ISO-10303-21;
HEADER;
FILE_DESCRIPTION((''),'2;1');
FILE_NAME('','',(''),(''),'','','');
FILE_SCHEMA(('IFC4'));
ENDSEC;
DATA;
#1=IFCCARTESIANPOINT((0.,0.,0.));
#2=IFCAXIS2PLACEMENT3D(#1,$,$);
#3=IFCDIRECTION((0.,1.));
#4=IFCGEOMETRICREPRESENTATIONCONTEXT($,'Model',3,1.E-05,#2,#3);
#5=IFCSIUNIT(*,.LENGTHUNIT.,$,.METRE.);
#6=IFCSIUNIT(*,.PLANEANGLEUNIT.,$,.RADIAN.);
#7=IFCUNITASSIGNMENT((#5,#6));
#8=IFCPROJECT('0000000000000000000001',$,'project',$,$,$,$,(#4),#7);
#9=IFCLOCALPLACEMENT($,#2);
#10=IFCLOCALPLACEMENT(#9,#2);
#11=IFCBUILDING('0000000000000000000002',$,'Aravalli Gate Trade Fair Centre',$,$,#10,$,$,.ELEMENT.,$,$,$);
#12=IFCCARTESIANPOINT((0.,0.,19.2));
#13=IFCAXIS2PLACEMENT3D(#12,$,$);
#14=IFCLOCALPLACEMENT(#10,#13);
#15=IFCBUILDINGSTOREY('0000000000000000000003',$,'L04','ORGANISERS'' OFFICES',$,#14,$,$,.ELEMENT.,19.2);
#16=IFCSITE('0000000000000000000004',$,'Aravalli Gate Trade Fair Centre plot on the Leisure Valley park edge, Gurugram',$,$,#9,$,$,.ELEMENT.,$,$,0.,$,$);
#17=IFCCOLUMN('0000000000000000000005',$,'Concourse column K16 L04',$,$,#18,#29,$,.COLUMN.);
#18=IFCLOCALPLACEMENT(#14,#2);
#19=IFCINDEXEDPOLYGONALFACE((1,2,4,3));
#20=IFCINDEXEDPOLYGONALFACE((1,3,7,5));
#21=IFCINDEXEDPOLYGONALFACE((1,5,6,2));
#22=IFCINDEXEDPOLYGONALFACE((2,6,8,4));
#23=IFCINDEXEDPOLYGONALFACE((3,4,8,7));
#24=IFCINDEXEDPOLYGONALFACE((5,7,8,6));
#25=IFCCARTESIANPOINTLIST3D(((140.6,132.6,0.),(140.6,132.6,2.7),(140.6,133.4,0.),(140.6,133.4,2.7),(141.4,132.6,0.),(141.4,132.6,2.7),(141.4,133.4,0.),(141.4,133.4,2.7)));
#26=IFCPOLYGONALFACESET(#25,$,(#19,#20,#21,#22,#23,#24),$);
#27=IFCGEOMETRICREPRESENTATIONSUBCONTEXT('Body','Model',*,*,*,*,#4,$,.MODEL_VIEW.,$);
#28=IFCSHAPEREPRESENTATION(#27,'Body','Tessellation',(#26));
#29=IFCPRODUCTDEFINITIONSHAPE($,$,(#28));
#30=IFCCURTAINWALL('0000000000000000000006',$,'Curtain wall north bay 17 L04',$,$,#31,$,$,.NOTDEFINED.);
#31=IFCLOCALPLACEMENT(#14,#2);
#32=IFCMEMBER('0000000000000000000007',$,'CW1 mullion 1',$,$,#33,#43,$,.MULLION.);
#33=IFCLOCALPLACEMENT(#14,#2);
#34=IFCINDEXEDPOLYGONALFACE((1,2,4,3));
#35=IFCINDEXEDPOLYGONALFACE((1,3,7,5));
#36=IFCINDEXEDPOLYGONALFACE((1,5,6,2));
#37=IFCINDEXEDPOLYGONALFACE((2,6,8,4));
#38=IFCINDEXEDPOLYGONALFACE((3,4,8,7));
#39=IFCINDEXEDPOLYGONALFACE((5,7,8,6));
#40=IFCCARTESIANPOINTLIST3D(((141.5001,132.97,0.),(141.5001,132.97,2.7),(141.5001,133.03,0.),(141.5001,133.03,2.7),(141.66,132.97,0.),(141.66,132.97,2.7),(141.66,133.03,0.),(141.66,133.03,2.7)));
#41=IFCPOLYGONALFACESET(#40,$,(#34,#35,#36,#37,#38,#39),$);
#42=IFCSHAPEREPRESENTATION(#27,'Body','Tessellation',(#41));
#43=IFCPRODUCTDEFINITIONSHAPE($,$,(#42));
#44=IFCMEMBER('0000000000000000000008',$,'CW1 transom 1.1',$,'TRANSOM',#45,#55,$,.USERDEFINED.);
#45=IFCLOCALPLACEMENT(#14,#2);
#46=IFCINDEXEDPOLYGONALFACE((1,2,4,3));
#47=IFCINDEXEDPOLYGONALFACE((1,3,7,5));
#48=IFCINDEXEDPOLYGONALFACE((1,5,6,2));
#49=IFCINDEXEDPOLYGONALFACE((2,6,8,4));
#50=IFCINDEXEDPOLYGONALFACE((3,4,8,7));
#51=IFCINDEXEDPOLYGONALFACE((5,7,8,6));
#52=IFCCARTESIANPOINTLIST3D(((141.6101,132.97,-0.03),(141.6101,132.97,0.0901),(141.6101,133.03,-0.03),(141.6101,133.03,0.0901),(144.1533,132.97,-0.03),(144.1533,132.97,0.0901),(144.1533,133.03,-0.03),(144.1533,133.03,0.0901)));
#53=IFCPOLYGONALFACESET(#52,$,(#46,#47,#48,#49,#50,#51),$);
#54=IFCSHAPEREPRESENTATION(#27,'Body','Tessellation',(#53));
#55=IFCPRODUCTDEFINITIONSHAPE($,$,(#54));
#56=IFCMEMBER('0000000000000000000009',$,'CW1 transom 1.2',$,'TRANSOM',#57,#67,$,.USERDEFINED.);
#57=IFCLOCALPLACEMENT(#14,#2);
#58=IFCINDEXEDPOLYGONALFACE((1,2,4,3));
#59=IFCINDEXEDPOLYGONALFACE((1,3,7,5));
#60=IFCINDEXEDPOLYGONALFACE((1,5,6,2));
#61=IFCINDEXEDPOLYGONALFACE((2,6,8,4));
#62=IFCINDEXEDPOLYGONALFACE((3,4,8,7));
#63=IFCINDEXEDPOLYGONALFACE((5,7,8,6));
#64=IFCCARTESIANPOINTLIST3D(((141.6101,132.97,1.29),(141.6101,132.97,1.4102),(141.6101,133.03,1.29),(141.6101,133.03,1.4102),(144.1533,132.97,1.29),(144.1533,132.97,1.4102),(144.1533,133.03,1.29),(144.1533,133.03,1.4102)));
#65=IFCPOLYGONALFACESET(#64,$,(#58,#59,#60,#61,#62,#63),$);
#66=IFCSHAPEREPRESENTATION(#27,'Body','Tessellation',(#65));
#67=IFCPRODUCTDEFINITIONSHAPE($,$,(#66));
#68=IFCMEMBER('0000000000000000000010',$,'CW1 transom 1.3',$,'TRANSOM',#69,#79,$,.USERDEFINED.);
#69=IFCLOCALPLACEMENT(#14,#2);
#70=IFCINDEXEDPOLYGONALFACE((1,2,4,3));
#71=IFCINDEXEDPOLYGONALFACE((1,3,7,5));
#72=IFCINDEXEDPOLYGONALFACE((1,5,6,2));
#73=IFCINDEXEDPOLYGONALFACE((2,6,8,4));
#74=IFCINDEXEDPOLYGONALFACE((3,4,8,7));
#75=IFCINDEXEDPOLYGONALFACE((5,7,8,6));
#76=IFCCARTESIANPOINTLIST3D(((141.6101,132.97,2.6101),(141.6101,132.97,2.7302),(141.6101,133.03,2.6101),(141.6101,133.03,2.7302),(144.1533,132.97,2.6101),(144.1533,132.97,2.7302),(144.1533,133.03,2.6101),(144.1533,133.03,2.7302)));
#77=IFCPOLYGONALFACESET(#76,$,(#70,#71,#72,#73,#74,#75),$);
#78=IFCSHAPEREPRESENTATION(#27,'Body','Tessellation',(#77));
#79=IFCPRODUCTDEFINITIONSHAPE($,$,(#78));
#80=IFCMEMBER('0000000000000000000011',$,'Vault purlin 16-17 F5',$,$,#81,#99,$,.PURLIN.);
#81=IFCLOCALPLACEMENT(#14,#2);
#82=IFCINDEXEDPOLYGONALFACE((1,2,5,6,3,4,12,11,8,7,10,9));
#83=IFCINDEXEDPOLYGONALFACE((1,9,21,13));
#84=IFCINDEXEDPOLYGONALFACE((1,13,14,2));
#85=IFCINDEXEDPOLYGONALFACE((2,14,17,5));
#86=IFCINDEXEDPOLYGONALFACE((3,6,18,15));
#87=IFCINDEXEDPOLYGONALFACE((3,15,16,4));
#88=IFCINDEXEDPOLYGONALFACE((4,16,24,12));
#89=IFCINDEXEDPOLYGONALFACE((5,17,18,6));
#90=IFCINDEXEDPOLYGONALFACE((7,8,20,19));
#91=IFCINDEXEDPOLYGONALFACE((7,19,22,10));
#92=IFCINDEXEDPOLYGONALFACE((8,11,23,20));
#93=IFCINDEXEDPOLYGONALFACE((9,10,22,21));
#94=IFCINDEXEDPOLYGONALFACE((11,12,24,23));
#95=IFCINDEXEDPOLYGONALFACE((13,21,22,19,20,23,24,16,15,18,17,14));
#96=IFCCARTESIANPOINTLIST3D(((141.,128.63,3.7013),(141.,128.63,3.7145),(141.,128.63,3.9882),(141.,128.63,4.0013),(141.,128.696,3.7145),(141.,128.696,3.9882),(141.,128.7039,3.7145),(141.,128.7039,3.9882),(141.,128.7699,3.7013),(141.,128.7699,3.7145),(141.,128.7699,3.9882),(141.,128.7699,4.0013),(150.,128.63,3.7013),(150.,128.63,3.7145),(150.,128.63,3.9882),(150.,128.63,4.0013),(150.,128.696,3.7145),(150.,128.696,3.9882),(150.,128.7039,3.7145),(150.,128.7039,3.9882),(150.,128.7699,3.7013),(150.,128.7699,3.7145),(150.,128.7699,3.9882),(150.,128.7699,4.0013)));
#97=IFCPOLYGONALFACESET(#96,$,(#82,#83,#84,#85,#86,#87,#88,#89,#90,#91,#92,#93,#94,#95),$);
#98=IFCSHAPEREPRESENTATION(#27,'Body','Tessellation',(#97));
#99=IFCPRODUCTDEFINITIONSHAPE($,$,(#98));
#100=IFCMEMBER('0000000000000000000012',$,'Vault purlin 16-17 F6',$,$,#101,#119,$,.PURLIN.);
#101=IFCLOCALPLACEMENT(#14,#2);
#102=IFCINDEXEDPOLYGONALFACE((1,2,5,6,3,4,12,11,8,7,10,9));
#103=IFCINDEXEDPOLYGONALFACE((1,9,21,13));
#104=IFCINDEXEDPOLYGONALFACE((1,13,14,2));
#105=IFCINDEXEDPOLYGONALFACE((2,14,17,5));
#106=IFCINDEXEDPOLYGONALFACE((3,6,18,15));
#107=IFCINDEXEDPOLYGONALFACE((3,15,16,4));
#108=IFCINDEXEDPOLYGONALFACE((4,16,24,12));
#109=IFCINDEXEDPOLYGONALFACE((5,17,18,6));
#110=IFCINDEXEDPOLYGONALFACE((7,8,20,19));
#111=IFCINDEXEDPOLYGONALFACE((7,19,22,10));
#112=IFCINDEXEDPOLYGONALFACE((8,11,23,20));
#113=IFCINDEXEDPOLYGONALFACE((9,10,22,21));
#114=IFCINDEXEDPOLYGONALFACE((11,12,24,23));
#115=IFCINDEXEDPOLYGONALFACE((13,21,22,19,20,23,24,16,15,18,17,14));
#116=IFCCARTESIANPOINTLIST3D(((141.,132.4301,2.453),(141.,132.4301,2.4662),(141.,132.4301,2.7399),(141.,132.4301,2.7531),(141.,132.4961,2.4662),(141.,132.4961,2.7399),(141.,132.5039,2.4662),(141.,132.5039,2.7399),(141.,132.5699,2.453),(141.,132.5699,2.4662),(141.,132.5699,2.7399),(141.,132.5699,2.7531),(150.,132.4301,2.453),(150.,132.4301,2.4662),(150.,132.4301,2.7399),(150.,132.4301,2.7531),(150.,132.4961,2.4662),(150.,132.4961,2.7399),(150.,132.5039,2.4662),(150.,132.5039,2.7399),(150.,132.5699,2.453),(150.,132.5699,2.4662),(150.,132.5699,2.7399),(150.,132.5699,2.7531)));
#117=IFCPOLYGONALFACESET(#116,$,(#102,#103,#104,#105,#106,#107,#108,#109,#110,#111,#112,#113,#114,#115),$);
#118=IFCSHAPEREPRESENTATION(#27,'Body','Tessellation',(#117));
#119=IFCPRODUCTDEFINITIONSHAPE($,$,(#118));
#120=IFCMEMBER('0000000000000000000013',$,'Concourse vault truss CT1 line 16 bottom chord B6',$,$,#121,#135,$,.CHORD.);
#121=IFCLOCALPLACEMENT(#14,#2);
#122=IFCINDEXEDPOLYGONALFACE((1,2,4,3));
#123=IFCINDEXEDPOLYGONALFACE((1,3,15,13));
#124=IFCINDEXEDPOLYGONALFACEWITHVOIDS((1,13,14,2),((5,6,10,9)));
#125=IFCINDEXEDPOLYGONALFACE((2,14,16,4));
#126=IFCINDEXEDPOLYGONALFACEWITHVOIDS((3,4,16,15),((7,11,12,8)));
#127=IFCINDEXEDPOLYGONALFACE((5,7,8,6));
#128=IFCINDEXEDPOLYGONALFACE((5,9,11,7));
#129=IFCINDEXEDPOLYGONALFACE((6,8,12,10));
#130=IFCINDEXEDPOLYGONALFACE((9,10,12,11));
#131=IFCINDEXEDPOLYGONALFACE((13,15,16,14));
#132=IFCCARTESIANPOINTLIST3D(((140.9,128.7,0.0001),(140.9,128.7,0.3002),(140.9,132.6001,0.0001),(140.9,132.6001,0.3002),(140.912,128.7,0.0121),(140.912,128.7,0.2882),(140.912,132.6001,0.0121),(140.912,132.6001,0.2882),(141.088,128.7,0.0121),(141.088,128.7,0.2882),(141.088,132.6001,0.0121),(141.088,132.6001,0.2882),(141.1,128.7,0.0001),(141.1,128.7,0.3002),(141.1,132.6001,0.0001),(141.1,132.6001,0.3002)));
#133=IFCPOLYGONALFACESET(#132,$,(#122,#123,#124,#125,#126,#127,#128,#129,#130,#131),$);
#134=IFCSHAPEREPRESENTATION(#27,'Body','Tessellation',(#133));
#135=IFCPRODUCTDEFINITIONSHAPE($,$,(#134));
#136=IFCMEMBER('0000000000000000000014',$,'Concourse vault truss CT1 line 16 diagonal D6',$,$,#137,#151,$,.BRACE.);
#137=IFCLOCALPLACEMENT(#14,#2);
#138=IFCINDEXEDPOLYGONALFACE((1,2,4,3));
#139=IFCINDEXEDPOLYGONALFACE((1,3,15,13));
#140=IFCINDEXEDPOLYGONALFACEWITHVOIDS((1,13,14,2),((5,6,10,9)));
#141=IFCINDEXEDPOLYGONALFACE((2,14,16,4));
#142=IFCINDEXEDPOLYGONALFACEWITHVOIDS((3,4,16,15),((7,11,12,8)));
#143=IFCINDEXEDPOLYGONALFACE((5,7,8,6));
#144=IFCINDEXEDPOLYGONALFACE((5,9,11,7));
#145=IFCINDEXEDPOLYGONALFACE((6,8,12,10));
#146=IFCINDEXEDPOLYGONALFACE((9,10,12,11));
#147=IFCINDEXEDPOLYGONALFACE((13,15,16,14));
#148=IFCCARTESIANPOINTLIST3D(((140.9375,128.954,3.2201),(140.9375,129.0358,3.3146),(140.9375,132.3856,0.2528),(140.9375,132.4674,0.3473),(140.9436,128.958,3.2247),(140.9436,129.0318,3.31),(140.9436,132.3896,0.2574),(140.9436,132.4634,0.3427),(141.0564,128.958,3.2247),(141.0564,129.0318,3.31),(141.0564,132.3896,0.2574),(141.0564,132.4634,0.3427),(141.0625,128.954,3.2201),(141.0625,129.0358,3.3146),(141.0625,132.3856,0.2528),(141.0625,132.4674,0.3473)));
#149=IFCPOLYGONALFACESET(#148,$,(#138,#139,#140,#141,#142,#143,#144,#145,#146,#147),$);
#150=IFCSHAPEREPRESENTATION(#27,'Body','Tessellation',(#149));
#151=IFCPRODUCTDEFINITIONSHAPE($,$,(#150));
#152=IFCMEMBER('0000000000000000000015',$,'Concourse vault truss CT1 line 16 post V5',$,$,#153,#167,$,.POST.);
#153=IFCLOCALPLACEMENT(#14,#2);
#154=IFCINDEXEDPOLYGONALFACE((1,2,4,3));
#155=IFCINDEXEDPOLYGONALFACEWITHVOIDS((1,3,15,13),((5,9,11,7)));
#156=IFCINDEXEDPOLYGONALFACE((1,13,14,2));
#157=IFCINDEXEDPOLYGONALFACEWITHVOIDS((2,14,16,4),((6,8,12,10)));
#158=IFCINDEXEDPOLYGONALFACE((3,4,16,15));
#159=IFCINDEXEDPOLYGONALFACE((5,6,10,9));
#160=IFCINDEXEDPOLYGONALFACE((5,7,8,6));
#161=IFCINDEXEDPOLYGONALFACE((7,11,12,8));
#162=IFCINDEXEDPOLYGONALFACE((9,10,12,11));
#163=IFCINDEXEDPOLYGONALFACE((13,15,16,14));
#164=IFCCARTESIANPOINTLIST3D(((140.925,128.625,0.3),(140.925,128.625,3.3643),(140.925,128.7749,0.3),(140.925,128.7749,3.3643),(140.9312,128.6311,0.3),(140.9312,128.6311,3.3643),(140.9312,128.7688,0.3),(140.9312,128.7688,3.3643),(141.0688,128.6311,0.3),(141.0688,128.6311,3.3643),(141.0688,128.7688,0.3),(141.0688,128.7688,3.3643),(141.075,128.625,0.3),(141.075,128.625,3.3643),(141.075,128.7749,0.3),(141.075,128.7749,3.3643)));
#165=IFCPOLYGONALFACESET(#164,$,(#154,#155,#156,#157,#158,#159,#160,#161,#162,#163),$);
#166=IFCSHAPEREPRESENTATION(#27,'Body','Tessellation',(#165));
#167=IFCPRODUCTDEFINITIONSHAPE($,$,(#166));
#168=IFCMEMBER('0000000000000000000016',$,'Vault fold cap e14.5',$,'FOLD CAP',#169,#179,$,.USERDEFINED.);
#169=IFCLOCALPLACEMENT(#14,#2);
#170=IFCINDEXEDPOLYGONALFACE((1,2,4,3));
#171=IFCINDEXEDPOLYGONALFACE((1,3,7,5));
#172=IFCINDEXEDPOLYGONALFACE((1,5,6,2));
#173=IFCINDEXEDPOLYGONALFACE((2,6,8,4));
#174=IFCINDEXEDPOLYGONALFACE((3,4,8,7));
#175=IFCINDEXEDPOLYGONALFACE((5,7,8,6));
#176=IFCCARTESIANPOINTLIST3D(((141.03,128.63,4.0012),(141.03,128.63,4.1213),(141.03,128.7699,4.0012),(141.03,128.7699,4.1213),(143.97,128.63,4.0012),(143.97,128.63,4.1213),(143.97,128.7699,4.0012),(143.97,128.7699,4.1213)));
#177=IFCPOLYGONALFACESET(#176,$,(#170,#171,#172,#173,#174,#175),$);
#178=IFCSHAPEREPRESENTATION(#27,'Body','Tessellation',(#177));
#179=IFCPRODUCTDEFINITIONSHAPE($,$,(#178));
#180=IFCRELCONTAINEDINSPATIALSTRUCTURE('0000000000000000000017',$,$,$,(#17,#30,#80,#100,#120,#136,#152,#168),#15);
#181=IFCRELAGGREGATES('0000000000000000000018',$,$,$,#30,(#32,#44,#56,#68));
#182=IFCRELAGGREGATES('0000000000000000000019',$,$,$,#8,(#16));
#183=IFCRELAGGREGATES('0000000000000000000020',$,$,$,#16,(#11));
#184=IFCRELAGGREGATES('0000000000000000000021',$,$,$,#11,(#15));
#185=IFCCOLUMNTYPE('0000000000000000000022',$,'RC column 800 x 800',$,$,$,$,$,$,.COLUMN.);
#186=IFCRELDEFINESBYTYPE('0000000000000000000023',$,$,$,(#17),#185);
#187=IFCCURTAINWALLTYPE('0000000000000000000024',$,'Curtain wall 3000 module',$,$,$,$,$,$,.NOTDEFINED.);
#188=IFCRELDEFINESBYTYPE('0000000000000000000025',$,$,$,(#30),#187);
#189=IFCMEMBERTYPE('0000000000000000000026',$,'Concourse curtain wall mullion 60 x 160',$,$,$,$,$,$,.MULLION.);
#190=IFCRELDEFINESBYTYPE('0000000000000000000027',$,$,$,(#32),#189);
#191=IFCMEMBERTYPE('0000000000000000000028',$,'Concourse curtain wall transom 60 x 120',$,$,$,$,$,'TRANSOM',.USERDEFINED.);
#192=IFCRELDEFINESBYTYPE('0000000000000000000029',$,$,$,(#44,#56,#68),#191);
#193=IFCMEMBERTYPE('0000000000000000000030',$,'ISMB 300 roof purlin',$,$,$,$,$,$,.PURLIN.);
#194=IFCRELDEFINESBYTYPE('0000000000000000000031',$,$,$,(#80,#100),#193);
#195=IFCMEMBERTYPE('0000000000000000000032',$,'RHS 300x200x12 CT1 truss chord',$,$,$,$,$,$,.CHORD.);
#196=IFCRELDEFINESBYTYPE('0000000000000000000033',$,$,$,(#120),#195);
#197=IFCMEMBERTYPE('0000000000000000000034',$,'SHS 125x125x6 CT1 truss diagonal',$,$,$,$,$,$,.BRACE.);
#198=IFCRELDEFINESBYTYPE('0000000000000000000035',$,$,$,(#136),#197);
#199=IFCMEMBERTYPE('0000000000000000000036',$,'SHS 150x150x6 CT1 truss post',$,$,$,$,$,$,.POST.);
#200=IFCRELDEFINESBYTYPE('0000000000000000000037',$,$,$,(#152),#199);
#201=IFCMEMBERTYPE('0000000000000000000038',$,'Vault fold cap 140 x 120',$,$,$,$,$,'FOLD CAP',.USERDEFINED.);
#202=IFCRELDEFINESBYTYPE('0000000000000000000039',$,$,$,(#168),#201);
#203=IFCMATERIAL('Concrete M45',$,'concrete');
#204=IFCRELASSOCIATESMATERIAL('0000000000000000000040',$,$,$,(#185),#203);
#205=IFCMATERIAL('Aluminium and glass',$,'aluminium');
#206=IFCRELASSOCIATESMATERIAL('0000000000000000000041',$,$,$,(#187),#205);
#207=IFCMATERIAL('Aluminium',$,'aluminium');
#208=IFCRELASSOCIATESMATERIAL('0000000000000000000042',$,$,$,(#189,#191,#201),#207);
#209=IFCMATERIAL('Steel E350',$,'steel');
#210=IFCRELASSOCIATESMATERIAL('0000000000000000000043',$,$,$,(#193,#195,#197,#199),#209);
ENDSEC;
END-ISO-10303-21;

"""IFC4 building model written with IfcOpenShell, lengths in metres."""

from ifc_helpers import new_model, si_unit, direction, frame, origin, origin_2d, place, context, subcontext, project, spatial, rectangle, hollow_rectangle, i_section, extrude, material, material_profile, profile_set, type_object, element, aggregate, save


model = new_model("IFC4")

# Units and contexts
model_context = context("Model", 3, precision=1e-05, world=origin(), true_north=direction((0.0, 1.0)))
body_context = subcontext(model_context, "Body", "Model", "MODEL_VIEW")
ifc_project = project(units=[si_unit("LENGTHUNIT", "METRE"), si_unit("PLANEANGLEUNIT", "RADIAN")], contexts=[model_context])

# Site, building, storey
site_placement = place(None, origin())
site = spatial("IfcSite", under=ifc_project, at=site_placement, Name="Aravalli Gate Trade Fair Centre plot on the Leisure Valley park edge, Gurugram", CompositionType="ELEMENT", RefElevation=0.0)
building_placement = place(site_placement, origin())
building = spatial("IfcBuilding", under=site, at=building_placement, Name="Aravalli Gate Trade Fair Centre", CompositionType="ELEMENT")
storey_placement = place(building_placement, frame((0.0, 0.0, 19.2)))
storey = spatial("IfcBuildingStorey", under=building, at=storey_placement, Name="L04", Description="ORGANISERS' OFFICES", CompositionType="ELEMENT", Elevation=19.2)

# Column
ifc_material_1 = material(Name="Concrete M45", Category="concrete")
ifc_material_profile_1 = material_profile(ifc_material_1, rectangle(XDim=0.8, YDim=0.8, at=origin_2d()), Name="RC column 800 x 800")
ifc_profile_set_1 = profile_set([ifc_material_profile_1], Name="Concrete M45")
column_type = type_object("IfcColumnType", Name="RC column 800 x 800", PredefinedType="COLUMN", material=ifc_profile_set_1)
column_placement = place(storey_placement, frame((141.0, 133.0, 0.0), z_axis=(0.0, 0.0, 1.0), x_axis=(1.0, 0.0, 0.0)))
element("IfcColumn", 1, at=column_placement, inside=storey, type_object=column_type, Name="Concourse column K16 L04", PredefinedType="COLUMN", context=body_context, shape_type="SweptSolid", body=[
    extrude(rectangle(XDim=0.8, YDim=0.8, at=origin_2d()), origin(), (0.0, 0.0, 1.0), 2.7),
])

# Curtain wall, members
ifc_material_2 = material(Name="Aluminium and glass", Category="aluminium")
curtain_wall_type_1 = type_object("IfcCurtainWallType", Name="Curtain wall 3000 module", PredefinedType="NOTDEFINED", material=ifc_material_2)
curtain_wall_1_placement = place(storey_placement, origin())
curtain_wall_1 = element("IfcCurtainWall", 2, at=curtain_wall_1_placement, inside=storey, type_object=curtain_wall_type_1, Name="Curtain wall north bay 17 L04", PredefinedType="NOTDEFINED")
ifc_material_3 = material(Name="Aluminium", Category="aluminium")
ifc_material_profile_2 = material_profile(ifc_material_3, rectangle(XDim=0.0601, YDim=0.1599, at=origin_2d()), Name="Concourse curtain wall mullion 60 x 160")
ifc_profile_set_2 = profile_set([ifc_material_profile_2], Name="Aluminium")
member_type_1 = type_object("IfcMemberType", Name="Concourse curtain wall mullion 60 x 160", PredefinedType="MULLION", material=ifc_profile_set_2)
member_1_placement = place(storey_placement, frame((141.5801, 133.0, 0.0), z_axis=(0.0, 0.0, 1.0), x_axis=(0.0, 1.0, 0.0)))
member_1 = element("IfcMember", 3, at=member_1_placement, type_object=member_type_1, Name="CW1 mullion 1", PredefinedType="MULLION", context=body_context, shape_type="SweptSolid", body=[
    extrude(rectangle(XDim=0.0601, YDim=0.1599, at=origin_2d()), origin(), (0.0, 0.0, 1.0), 2.7),
])
ifc_material_profile_3 = material_profile(ifc_material_3, rectangle(XDim=0.0601, YDim=0.1201, at=origin_2d()), Name="Concourse curtain wall transom 60 x 120")
ifc_profile_set_3 = profile_set([ifc_material_profile_3], Name="Aluminium")
member_type_2 = type_object("IfcMemberType", Name="Concourse curtain wall transom 60 x 120", ElementType="TRANSOM", PredefinedType="USERDEFINED", material=ifc_profile_set_3)
member_2_placement = place(storey_placement, frame((141.6101, 133.0, 0.03), z_axis=(1.0, 0.0, 0.0), x_axis=(0.0, 1.0, 0.0)))
member_2 = element("IfcMember", 4, at=member_2_placement, type_object=member_type_2, Name="CW1 transom 1.1", ObjectType="TRANSOM", PredefinedType="USERDEFINED", context=body_context, shape_type="SweptSolid", body=[
    extrude(rectangle(XDim=0.0601, YDim=0.1201, at=origin_2d()), origin(), (0.0, 0.0, 1.0), 2.5432),
])
member_3_placement = place(storey_placement, frame((141.6101, 133.0, 1.3501), z_axis=(1.0, 0.0, 0.0), x_axis=(0.0, 1.0, 0.0)))
member_3 = element("IfcMember", 5, at=member_3_placement, type_object=member_type_2, Name="CW1 transom 1.2", ObjectType="TRANSOM", PredefinedType="USERDEFINED", context=body_context, shape_type="SweptSolid", body=[
    extrude(rectangle(XDim=0.0601, YDim=0.1201, at=origin_2d()), origin(), (0.0, 0.0, 1.0), 2.5432),
])
member_4_placement = place(storey_placement, frame((141.6101, 133.0, 2.6702), z_axis=(1.0, 0.0, 0.0), x_axis=(0.0, 1.0, 0.0)))
member_4 = element("IfcMember", 6, at=member_4_placement, type_object=member_type_2, Name="CW1 transom 1.3", ObjectType="TRANSOM", PredefinedType="USERDEFINED", context=body_context, shape_type="SweptSolid", body=[
    extrude(rectangle(XDim=0.0601, YDim=0.1201, at=origin_2d()), origin(), (0.0, 0.0, 1.0), 2.5432),
])

# Members
ifc_material_4 = material(Name="Steel E350", Category="steel")
ifc_material_profile_4 = material_profile(ifc_material_4, i_section(OverallWidth=0.1399, OverallDepth=0.3, WebThickness=0.0078, FlangeThickness=0.0132, at=origin_2d()), Name="ISMB 300")
ifc_profile_set_4 = profile_set([ifc_material_profile_4], Name="Steel E350")
member_type_3 = type_object("IfcMemberType", Name="ISMB 300 roof purlin", PredefinedType="PURLIN", material=ifc_profile_set_4)
for number, where, z_axis, x_axis, name in (
    (7, (141.0, 128.7, 3.8513), (1.0, 0.0, 0.0), (0.0, 1.0, 0.0), "Vault purlin 16-17 F5"),
    (8, (141.0, 132.5, 2.603), (1.0, 0.0, 0.0), (0.0, 1.0, 0.0), "Vault purlin 16-17 F6"),
):
    element("IfcMember", number, at=place(storey_placement, frame(where, z_axis=z_axis, x_axis=x_axis)), inside=storey, type_object=member_type_3, Name=name, PredefinedType="PURLIN", context=body_context, shape_type="SweptSolid", body=[
        extrude(i_section(OverallWidth=0.1399, OverallDepth=0.3, WebThickness=0.0078, FlangeThickness=0.0132, at=origin_2d()), origin(), (0.0, 0.0, 1.0), 9.0),
    ])
ifc_material_profile_5 = material_profile(ifc_material_4, hollow_rectangle(XDim=0.2, YDim=0.3, WallThickness=0.012, at=origin_2d()), Name="RHS 300x200x12")
ifc_profile_set_5 = profile_set([ifc_material_profile_5], Name="Steel E350")
member_type_4 = type_object("IfcMemberType", Name="RHS 300x200x12 CT1 truss chord", PredefinedType="CHORD", material=ifc_profile_set_5)
member_5_placement = place(storey_placement, frame((141.0, 128.7, 0.1501), z_axis=(0.0, 1.0, 0.0), x_axis=(-1.0, 0.0, 0.0)))
element("IfcMember", 9, at=member_5_placement, inside=storey, type_object=member_type_4, Name="Concourse vault truss CT1 line 16 bottom chord B6", PredefinedType="CHORD", context=body_context, shape_type="SweptSolid", body=[
    extrude(hollow_rectangle(XDim=0.2, YDim=0.3, WallThickness=0.012, at=origin_2d()), origin(), (0.0, 0.0, 1.0), 3.9001),
])
ifc_material_profile_6 = material_profile(ifc_material_4, hollow_rectangle(XDim=0.125, YDim=0.125, WallThickness=0.0061, at=origin_2d()), Name="SHS 125x125x6")
ifc_profile_set_6 = profile_set([ifc_material_profile_6], Name="Steel E350")
member_type_5 = type_object("IfcMemberType", Name="SHS 125x125x6 CT1 truss diagonal", PredefinedType="BRACE", material=ifc_profile_set_6)
member_6_placement = place(storey_placement, frame((141.0, 128.9949, 3.2673), z_axis=(0.0, 0.756431, -0.654074), x_axis=(-1.0, 0.0, 0.0)))
element("IfcMember", 10, at=member_6_placement, inside=storey, type_object=member_type_5, Name="Concourse vault truss CT1 line 16 diagonal D6", PredefinedType="BRACE", context=body_context, shape_type="SweptSolid", body=[
    extrude(hollow_rectangle(XDim=0.125, YDim=0.125, WallThickness=0.0061, at=origin_2d()), origin(), (0.0, 0.0, 1.0), 4.5366),
])
ifc_material_profile_7 = material_profile(ifc_material_4, hollow_rectangle(XDim=0.1499, YDim=0.1499, WallThickness=0.0061, at=origin_2d()), Name="SHS 150x150x6")
ifc_profile_set_7 = profile_set([ifc_material_profile_7], Name="Steel E350")
member_type_6 = type_object("IfcMemberType", Name="SHS 150x150x6 CT1 truss post", PredefinedType="POST", material=ifc_profile_set_7)
member_7_placement = place(storey_placement, frame((141.0, 128.7, 0.3), z_axis=(0.0, 0.0, 1.0), x_axis=(1.0, 0.0, 0.0)))
element("IfcMember", 11, at=member_7_placement, inside=storey, type_object=member_type_6, Name="Concourse vault truss CT1 line 16 post V5", PredefinedType="POST", context=body_context, shape_type="SweptSolid", body=[
    extrude(hollow_rectangle(XDim=0.1499, YDim=0.1499, WallThickness=0.0061, at=origin_2d()), origin(), (0.0, 0.0, 1.0), 3.0642),
])
ifc_material_profile_8 = material_profile(ifc_material_3, rectangle(XDim=0.1399, YDim=0.1201, at=origin_2d()), Name="Vault fold cap 140 x 120")
ifc_profile_set_8 = profile_set([ifc_material_profile_8], Name="Aluminium")
member_type_7 = type_object("IfcMemberType", Name="Vault fold cap 140 x 120", ElementType="FOLD CAP", PredefinedType="USERDEFINED", material=ifc_profile_set_8)
for number, where, z_axis, x_axis, name in (
    (12, (141.03, 128.7, 4.0613), (1.0, 0.0, 0.0), (0.0, 1.0, 0.0), "Vault fold cap e14.5"),
):
    element("IfcMember", number, at=place(storey_placement, frame(where, z_axis=z_axis, x_axis=x_axis)), inside=storey, type_object=member_type_7, Name=name, ObjectType="FOLD CAP", PredefinedType="USERDEFINED", context=body_context, shape_type="SweptSolid", body=[
        extrude(rectangle(XDim=0.1399, YDim=0.1201, at=origin_2d()), origin(), (0.0, 0.0, 1.0), 2.9399),
    ])

aggregate(curtain_wall_1, [member_1, member_2, member_3, member_4])

save(model, "model.ifc")
